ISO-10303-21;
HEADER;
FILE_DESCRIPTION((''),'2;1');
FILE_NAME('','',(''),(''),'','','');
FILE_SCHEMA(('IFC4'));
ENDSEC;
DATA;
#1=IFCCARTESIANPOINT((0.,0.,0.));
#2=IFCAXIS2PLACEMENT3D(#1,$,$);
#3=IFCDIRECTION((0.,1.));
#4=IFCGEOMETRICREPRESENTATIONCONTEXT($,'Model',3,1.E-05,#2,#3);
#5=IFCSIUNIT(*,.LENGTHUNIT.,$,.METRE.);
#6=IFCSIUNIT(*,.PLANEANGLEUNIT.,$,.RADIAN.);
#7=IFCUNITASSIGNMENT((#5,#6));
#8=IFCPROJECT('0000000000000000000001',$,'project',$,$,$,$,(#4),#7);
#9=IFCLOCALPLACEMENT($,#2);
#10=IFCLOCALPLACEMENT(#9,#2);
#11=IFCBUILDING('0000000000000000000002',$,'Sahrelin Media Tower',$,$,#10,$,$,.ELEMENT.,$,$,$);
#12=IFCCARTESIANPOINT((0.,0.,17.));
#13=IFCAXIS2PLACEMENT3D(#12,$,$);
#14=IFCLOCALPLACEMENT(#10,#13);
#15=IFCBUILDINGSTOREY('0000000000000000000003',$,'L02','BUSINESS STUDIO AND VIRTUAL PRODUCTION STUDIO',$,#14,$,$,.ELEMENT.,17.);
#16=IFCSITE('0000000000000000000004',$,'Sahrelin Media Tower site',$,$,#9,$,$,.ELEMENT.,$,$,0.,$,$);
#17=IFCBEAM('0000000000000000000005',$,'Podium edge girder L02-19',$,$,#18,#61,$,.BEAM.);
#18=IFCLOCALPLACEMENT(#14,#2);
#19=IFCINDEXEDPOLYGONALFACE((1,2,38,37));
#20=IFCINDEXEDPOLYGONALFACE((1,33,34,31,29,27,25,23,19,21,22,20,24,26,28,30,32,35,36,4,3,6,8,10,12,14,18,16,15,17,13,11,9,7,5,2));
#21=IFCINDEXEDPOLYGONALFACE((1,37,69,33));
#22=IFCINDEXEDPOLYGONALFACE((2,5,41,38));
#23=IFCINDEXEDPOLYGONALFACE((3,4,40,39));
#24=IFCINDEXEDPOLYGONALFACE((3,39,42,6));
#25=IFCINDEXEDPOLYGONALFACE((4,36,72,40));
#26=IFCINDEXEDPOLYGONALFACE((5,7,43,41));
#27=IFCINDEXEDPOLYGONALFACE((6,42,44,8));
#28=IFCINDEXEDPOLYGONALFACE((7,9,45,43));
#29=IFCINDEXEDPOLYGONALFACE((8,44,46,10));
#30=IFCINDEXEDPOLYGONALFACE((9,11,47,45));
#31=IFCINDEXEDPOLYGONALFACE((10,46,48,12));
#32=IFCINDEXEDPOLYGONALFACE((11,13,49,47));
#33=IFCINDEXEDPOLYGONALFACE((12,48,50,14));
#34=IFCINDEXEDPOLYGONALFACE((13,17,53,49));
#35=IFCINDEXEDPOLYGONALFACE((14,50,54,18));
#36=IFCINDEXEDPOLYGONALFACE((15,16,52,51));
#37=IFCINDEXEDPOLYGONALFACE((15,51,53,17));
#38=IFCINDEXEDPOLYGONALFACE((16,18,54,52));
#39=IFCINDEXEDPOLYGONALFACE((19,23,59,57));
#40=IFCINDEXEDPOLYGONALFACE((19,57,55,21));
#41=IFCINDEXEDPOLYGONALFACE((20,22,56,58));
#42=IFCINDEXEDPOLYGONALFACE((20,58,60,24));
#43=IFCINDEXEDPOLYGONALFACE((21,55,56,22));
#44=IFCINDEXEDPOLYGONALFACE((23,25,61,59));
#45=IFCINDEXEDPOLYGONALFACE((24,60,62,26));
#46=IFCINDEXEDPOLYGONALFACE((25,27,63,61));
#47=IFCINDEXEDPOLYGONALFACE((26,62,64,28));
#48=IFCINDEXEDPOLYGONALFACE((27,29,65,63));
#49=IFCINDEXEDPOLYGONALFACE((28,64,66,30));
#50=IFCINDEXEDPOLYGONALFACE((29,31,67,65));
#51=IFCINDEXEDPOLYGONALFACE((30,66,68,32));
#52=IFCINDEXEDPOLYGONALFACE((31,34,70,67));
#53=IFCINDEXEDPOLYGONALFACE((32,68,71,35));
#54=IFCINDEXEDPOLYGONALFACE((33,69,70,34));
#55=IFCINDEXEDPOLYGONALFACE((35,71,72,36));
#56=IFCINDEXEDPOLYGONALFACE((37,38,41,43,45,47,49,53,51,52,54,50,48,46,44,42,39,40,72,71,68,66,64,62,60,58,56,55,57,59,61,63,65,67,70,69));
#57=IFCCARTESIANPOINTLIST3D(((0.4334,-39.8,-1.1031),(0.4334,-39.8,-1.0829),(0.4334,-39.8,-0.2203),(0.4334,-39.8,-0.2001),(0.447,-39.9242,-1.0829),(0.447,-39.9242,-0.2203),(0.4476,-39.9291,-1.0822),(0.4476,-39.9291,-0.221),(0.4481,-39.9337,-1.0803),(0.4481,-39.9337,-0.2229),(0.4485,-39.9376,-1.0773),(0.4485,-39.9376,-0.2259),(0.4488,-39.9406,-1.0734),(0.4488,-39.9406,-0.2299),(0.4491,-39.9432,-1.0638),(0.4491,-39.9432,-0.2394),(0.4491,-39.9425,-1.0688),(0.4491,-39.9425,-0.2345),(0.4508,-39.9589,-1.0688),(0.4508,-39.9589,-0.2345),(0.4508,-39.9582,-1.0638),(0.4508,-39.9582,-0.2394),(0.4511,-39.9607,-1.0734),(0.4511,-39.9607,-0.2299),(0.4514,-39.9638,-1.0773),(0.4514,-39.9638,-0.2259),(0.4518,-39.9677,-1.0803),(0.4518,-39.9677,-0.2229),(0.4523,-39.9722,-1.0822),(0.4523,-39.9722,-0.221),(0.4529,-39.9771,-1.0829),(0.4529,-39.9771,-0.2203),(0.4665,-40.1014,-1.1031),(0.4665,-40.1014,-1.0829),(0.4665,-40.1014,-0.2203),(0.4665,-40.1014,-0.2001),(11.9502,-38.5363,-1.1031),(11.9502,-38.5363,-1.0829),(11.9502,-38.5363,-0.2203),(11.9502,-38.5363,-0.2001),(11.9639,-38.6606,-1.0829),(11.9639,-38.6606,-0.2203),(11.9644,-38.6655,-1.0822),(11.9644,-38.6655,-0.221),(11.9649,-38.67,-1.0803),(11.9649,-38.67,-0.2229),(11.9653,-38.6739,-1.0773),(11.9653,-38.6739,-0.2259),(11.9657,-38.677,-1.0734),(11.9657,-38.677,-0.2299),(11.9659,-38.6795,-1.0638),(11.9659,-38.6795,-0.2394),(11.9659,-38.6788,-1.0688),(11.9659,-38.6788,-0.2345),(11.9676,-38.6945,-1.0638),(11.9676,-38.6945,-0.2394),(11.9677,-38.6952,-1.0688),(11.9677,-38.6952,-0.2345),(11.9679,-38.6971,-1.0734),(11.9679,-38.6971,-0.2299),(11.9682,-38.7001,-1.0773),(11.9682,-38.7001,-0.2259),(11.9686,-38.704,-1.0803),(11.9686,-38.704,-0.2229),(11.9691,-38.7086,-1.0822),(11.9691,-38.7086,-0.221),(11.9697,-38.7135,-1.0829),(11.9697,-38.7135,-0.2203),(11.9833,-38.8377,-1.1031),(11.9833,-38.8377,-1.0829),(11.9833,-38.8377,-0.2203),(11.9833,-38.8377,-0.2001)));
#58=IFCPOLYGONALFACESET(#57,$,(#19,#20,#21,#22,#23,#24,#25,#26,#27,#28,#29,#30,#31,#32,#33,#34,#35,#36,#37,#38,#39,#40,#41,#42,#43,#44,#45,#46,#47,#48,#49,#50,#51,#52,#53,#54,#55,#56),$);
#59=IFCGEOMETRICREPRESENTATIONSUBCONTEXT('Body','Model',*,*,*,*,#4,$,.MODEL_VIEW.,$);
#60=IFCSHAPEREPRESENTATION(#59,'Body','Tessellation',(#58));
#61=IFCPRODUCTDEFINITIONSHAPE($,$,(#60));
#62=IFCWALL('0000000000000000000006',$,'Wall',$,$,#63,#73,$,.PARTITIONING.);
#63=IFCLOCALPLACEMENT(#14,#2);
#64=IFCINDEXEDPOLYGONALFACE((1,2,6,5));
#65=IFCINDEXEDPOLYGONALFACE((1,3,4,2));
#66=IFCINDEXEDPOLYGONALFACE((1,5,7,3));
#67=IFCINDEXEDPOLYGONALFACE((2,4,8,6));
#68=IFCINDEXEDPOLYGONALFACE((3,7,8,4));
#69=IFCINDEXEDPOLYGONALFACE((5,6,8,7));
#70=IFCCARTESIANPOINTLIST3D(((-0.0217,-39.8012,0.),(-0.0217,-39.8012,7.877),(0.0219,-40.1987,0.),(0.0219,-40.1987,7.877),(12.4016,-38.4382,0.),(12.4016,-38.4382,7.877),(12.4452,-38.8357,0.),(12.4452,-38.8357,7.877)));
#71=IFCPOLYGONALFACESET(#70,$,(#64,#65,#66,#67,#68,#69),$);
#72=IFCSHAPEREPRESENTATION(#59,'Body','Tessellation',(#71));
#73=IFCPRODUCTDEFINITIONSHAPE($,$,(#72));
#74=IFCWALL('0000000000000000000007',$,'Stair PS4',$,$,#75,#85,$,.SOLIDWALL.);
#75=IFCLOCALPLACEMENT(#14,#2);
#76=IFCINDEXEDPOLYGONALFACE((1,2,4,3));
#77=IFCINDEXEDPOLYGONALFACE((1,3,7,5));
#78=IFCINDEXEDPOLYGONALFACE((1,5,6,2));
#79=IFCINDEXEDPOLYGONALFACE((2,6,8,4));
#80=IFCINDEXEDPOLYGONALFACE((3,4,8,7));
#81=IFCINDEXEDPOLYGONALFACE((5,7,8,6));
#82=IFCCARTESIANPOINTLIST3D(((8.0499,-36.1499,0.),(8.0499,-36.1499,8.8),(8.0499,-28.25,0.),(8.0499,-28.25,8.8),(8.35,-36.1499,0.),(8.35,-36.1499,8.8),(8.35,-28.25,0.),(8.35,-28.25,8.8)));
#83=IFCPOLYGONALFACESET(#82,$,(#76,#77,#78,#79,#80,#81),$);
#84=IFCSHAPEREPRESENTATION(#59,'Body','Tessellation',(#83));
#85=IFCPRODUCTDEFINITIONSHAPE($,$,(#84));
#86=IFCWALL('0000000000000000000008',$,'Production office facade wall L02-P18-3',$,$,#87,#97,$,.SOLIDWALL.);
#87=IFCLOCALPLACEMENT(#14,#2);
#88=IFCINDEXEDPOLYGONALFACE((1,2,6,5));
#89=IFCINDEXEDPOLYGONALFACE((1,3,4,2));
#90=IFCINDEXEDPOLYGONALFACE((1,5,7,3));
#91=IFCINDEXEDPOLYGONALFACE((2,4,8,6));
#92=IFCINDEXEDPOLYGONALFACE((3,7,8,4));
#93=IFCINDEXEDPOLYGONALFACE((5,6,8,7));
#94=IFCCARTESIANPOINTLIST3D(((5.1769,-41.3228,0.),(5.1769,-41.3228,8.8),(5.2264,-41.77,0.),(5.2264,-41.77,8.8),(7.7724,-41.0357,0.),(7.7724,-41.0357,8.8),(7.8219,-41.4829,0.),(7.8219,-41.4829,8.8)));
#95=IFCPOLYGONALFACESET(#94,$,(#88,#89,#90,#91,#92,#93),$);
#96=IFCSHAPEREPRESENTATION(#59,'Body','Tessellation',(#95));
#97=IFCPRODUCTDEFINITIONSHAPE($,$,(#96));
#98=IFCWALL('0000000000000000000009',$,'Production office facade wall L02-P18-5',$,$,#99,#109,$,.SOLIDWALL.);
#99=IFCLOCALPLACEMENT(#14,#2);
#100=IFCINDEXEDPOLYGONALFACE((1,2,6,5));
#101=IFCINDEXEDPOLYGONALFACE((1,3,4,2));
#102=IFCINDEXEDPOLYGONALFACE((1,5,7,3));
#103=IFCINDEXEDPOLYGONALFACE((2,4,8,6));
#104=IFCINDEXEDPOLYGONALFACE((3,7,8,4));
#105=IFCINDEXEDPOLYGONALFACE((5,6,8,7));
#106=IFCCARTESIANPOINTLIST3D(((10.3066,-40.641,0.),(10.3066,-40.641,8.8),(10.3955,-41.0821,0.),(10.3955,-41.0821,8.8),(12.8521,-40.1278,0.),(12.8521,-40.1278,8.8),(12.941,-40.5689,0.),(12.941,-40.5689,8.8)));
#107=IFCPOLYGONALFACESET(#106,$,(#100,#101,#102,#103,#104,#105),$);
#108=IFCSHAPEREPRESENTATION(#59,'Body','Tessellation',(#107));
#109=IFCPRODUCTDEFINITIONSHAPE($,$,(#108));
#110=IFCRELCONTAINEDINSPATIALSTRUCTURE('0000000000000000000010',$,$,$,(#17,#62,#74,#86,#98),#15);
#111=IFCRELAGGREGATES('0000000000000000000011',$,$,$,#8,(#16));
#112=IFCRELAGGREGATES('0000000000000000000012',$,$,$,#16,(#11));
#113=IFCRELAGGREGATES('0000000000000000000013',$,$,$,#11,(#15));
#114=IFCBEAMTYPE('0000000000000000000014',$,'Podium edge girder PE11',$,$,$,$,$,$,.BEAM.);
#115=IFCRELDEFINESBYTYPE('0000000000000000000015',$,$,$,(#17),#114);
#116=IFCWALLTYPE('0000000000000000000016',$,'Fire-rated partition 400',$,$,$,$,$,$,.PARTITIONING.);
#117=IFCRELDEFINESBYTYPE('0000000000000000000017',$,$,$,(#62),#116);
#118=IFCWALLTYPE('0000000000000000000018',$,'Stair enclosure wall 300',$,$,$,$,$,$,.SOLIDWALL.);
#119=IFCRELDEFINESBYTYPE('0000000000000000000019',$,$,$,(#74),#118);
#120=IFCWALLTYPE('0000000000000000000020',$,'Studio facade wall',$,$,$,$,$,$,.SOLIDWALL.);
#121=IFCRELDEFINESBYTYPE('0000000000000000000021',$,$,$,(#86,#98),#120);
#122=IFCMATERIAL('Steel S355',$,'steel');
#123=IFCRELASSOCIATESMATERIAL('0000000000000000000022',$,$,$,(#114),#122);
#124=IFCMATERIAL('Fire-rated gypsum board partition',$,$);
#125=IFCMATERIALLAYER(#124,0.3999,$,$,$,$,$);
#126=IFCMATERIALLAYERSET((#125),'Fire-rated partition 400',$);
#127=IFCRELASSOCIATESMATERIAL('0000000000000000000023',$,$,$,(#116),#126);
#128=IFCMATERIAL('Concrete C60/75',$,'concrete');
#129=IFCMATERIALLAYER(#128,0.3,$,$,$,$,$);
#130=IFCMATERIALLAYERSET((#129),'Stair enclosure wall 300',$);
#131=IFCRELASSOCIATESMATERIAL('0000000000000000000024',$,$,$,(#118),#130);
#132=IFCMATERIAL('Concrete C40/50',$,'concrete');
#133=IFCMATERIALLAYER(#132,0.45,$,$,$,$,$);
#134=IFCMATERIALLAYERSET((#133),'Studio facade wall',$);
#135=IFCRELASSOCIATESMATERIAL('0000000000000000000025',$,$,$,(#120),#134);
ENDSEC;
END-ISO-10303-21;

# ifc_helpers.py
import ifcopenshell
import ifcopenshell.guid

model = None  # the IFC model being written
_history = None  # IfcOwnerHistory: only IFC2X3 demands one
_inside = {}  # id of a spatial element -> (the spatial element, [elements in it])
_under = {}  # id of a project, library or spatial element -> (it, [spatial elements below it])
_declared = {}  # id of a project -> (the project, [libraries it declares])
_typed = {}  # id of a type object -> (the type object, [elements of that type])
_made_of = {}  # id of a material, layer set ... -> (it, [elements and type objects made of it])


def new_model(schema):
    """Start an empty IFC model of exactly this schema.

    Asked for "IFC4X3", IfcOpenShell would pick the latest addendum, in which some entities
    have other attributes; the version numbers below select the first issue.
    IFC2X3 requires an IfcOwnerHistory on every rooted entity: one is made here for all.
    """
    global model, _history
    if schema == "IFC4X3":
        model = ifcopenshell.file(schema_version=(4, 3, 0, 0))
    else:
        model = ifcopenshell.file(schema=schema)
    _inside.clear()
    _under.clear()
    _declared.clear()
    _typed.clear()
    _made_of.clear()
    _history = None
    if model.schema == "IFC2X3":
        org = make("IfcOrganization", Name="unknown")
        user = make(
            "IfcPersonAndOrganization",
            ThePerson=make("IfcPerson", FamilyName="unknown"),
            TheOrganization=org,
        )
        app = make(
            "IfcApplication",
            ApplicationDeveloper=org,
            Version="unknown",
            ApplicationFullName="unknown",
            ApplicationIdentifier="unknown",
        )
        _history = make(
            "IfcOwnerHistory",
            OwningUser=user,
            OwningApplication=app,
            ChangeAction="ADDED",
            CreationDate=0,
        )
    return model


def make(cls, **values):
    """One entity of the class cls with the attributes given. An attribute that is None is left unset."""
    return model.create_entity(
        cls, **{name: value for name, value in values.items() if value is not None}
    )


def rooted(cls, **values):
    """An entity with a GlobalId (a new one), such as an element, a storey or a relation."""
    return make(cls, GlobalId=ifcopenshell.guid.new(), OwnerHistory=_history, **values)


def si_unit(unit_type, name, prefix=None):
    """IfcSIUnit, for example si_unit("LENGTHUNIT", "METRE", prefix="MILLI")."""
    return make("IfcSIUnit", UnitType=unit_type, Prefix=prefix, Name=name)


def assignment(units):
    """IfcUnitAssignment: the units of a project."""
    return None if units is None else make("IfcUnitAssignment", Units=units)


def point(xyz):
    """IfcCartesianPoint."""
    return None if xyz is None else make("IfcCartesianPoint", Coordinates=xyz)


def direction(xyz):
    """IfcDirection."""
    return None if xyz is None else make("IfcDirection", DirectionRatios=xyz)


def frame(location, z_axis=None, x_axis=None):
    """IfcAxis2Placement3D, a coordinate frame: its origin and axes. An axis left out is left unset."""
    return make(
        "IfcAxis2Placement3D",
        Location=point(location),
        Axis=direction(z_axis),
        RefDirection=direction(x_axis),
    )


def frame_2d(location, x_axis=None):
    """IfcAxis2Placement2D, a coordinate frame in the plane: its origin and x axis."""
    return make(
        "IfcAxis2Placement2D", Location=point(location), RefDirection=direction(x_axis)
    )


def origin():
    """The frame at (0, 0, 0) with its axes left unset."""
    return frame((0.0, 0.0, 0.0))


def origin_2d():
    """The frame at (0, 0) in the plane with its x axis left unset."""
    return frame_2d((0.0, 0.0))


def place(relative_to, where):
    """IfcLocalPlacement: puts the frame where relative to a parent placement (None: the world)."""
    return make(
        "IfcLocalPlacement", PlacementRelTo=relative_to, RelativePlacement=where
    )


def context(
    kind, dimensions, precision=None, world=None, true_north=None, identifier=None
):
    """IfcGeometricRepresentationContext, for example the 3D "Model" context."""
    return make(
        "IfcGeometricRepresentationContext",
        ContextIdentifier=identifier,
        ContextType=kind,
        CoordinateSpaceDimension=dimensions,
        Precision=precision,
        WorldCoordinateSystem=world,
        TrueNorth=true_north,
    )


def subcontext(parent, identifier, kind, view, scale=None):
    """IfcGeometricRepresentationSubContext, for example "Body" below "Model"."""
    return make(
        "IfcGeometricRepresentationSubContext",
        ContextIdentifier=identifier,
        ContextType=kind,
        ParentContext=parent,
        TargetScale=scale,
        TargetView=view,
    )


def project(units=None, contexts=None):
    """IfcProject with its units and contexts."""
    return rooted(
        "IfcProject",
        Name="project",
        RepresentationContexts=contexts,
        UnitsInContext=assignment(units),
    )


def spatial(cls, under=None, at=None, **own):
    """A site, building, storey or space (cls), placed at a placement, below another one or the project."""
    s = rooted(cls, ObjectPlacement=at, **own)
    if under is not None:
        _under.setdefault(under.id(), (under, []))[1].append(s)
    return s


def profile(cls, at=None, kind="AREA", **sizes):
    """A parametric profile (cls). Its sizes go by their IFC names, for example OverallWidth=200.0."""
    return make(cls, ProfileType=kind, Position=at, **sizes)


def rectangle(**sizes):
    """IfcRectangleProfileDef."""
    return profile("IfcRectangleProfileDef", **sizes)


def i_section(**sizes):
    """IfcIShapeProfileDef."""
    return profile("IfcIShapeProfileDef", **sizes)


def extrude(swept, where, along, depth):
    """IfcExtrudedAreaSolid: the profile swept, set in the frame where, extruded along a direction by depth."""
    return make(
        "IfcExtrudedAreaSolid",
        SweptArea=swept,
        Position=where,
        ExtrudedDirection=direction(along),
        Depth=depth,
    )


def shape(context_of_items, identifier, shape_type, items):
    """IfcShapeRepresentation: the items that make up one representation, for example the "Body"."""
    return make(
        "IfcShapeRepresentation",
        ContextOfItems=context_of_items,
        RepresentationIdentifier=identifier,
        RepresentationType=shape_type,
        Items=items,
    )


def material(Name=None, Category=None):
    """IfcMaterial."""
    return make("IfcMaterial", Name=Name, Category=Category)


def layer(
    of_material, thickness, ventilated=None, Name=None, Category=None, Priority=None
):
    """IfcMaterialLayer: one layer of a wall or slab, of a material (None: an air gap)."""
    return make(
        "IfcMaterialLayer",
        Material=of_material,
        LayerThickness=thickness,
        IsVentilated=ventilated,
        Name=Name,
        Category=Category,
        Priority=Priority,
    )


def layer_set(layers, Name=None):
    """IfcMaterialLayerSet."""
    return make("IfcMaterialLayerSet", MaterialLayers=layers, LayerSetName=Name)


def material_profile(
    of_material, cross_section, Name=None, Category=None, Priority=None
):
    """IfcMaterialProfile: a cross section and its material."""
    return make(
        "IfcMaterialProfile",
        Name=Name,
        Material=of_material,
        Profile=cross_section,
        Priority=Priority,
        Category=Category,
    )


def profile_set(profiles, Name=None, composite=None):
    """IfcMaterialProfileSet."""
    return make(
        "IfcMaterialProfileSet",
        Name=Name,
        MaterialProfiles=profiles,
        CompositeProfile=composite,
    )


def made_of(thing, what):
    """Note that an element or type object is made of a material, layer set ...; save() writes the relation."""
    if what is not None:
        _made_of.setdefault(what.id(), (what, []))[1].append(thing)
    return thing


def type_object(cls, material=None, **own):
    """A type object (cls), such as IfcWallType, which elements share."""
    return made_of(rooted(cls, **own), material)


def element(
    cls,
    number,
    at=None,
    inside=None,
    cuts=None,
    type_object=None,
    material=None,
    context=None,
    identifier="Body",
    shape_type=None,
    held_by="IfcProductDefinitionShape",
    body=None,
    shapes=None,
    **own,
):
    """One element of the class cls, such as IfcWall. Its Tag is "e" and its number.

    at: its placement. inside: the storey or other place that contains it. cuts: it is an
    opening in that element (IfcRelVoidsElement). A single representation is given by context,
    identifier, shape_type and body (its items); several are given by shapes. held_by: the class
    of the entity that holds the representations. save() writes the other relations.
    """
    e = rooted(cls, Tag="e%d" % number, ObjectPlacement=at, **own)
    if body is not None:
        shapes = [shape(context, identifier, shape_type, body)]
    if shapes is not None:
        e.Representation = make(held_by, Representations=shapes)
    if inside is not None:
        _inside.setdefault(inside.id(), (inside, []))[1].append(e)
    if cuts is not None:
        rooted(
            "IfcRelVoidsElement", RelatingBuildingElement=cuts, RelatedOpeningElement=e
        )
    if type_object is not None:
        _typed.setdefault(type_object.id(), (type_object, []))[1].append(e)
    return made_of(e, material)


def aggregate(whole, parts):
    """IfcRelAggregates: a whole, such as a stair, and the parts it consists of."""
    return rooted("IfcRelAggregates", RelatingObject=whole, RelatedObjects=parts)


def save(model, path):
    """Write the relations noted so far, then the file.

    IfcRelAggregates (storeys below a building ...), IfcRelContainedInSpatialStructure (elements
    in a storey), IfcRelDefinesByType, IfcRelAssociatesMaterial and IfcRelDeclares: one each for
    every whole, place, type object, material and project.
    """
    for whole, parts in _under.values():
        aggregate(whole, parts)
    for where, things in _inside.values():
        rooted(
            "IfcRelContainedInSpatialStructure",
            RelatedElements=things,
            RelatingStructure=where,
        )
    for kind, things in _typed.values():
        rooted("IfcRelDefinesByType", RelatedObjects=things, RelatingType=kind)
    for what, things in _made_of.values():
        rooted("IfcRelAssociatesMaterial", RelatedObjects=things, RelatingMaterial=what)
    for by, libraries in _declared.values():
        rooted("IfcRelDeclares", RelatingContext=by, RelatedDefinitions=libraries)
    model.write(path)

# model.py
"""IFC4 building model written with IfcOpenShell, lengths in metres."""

from ifc_helpers import new_model, si_unit, direction, frame, frame_2d, origin, origin_2d, place, context, subcontext, project, spatial, rectangle, i_section, extrude, material, layer, layer_set, material_profile, profile_set, type_object, element, save


model = new_model("IFC4")

# Units and contexts
model_context = context("Model", 3, precision=1e-05, world=origin(), true_north=direction((0.0, 1.0)))
body_context = subcontext(model_context, "Body", "Model", "MODEL_VIEW")
ifc_project = project(units=[si_unit("LENGTHUNIT", "METRE"), si_unit("PLANEANGLEUNIT", "RADIAN")], contexts=[model_context])

# Site, building, storey
site_placement = place(None, origin())
site = spatial("IfcSite", under=ifc_project, at=site_placement, Name="Sahrelin Media Tower site", CompositionType="ELEMENT", RefElevation=0.0)
building_placement = place(site_placement, origin())
building = spatial("IfcBuilding", under=site, at=building_placement, Name="Sahrelin Media Tower", CompositionType="ELEMENT")
storey_placement = place(building_placement, frame((0.0, 0.0, 17.0)))
storey = spatial("IfcBuildingStorey", under=building, at=storey_placement, Name="L02", Description="BUSINESS STUDIO AND VIRTUAL PRODUCTION STUDIO", CompositionType="ELEMENT", Elevation=17.0)

# Beam
ifc_material_1 = material(Name="Steel S355", Category="steel")
ifc_material_profile = material_profile(ifc_material_1, i_section(OverallWidth=0.3032, OverallDepth=0.9031, WebThickness=0.0151, FlangeThickness=0.0203, FilletRadius=0.019, at=origin_2d()), Name="UB 914x305x201")
ifc_profile_set = profile_set([ifc_material_profile], Name="Steel S355")
beam_type = type_object("IfcBeamType", Name="Podium edge girder PE11", PredefinedType="BEAM", material=ifc_profile_set)
beam_placement = place(storey_placement, frame((0.45, -39.9507, -0.6516), z_axis=(0.994034, 0.109069, 0.0), x_axis=(-0.109069, 0.994034, 0.0)))
element("IfcBeam", 1, at=beam_placement, inside=storey, type_object=beam_type, Name="Podium edge girder L02-19", PredefinedType="BEAM", context=body_context, shape_type="SweptSolid", body=[
    extrude(i_section(OverallWidth=0.3032, OverallDepth=0.9031, WebThickness=0.0151, FlangeThickness=0.0203, FilletRadius=0.019, at=origin_2d()), origin(), (0.0, 0.0, 1.0), 11.5859),
])

# Walls
ifc_material_2 = material(Name="Fire-rated gypsum board partition")
ifc_layer_1 = layer(ifc_material_2, 0.3999)
ifc_layer_set_1 = layer_set([ifc_layer_1], Name="Fire-rated partition 400")
wall_type_1 = type_object("IfcWallType", Name="Fire-rated partition 400", PredefinedType="PARTITIONING", material=ifc_layer_set_1)
wall_1_placement = place(storey_placement, frame((0.0, -40.0, 0.0), z_axis=(0.0, 0.0, 1.0), x_axis=(0.994035, 0.109061, 0.0)))
element("IfcWall", 2, at=wall_1_placement, inside=storey, type_object=wall_type_1, Name="Wall", PredefinedType="PARTITIONING", context=body_context, shape_type="SweptSolid", body=[
    extrude(rectangle(XDim=12.4978, YDim=0.3999, at=frame_2d((6.249, 0.0))), origin(), (0.0, 0.0, 1.0), 7.877),
])
ifc_material_3 = material(Name="Concrete C60/75", Category="concrete")
ifc_layer_2 = layer(ifc_material_3, 0.3)
ifc_layer_set_2 = layer_set([ifc_layer_2], Name="Stair enclosure wall 300")
wall_type_2 = type_object("IfcWallType", Name="Stair enclosure wall 300", PredefinedType="SOLIDWALL", material=ifc_layer_set_2)
wall_2_placement = place(storey_placement, frame((8.2, -36.1499, 0.0), z_axis=(0.0, 0.0, 1.0), x_axis=(0.0, 1.0, 0.0)))
element("IfcWall", 3, at=wall_2_placement, inside=storey, type_object=wall_type_2, Name="Stair PS4", PredefinedType="SOLIDWALL", context=body_context, shape_type="SweptSolid", body=[
    extrude(rectangle(XDim=7.8999, YDim=0.3, at=frame_2d((3.95, 0.0))), origin(), (0.0, 0.0, 1.0), 8.8),
])

# Shared definitions
ifc_material_4 = material(Name="Concrete C40/50", Category="concrete")
ifc_layer_3 = layer(ifc_material_4, 0.45)
ifc_layer_set_3 = layer_set([ifc_layer_3], Name="Studio facade wall")
wall_type_3 = type_object("IfcWallType", Name="Studio facade wall", PredefinedType="SOLIDWALL", material=ifc_layer_set_3)

# Wall
wall_3_placement = place(storey_placement, frame((5.2017, -41.5464, 0.0), z_axis=(0.0, 0.0, 1.0), x_axis=(0.993937, 0.109949, 0.0)))
element("IfcWall", 4, at=wall_3_placement, inside=storey, type_object=wall_type_3, Name="Production office facade wall L02-P18-3", PredefinedType="SOLIDWALL", context=body_context, shape_type="SweptSolid", body=[
    extrude(rectangle(XDim=2.6113, YDim=0.45, at=frame_2d((1.3057, 0.0))), origin(), (0.0, 0.0, 1.0), 8.8),
])

# Wall
wall_4_placement = place(storey_placement, frame((10.3511, -40.8616, 0.0), z_axis=(0.0, 0.0, 1.0), x_axis=(0.980276, 0.197635, 0.0)))
element("IfcWall", 5, at=wall_4_placement, inside=storey, type_object=wall_type_3, Name="Production office facade wall L02-P18-5", PredefinedType="SOLIDWALL", context=body_context, shape_type="SweptSolid", body=[
    extrude(rectangle(XDim=2.5967, YDim=0.45, at=frame_2d((1.2983, 0.0))), origin(), (0.0, 0.0, 1.0), 8.8),
])

save(model, "model.ifc")
